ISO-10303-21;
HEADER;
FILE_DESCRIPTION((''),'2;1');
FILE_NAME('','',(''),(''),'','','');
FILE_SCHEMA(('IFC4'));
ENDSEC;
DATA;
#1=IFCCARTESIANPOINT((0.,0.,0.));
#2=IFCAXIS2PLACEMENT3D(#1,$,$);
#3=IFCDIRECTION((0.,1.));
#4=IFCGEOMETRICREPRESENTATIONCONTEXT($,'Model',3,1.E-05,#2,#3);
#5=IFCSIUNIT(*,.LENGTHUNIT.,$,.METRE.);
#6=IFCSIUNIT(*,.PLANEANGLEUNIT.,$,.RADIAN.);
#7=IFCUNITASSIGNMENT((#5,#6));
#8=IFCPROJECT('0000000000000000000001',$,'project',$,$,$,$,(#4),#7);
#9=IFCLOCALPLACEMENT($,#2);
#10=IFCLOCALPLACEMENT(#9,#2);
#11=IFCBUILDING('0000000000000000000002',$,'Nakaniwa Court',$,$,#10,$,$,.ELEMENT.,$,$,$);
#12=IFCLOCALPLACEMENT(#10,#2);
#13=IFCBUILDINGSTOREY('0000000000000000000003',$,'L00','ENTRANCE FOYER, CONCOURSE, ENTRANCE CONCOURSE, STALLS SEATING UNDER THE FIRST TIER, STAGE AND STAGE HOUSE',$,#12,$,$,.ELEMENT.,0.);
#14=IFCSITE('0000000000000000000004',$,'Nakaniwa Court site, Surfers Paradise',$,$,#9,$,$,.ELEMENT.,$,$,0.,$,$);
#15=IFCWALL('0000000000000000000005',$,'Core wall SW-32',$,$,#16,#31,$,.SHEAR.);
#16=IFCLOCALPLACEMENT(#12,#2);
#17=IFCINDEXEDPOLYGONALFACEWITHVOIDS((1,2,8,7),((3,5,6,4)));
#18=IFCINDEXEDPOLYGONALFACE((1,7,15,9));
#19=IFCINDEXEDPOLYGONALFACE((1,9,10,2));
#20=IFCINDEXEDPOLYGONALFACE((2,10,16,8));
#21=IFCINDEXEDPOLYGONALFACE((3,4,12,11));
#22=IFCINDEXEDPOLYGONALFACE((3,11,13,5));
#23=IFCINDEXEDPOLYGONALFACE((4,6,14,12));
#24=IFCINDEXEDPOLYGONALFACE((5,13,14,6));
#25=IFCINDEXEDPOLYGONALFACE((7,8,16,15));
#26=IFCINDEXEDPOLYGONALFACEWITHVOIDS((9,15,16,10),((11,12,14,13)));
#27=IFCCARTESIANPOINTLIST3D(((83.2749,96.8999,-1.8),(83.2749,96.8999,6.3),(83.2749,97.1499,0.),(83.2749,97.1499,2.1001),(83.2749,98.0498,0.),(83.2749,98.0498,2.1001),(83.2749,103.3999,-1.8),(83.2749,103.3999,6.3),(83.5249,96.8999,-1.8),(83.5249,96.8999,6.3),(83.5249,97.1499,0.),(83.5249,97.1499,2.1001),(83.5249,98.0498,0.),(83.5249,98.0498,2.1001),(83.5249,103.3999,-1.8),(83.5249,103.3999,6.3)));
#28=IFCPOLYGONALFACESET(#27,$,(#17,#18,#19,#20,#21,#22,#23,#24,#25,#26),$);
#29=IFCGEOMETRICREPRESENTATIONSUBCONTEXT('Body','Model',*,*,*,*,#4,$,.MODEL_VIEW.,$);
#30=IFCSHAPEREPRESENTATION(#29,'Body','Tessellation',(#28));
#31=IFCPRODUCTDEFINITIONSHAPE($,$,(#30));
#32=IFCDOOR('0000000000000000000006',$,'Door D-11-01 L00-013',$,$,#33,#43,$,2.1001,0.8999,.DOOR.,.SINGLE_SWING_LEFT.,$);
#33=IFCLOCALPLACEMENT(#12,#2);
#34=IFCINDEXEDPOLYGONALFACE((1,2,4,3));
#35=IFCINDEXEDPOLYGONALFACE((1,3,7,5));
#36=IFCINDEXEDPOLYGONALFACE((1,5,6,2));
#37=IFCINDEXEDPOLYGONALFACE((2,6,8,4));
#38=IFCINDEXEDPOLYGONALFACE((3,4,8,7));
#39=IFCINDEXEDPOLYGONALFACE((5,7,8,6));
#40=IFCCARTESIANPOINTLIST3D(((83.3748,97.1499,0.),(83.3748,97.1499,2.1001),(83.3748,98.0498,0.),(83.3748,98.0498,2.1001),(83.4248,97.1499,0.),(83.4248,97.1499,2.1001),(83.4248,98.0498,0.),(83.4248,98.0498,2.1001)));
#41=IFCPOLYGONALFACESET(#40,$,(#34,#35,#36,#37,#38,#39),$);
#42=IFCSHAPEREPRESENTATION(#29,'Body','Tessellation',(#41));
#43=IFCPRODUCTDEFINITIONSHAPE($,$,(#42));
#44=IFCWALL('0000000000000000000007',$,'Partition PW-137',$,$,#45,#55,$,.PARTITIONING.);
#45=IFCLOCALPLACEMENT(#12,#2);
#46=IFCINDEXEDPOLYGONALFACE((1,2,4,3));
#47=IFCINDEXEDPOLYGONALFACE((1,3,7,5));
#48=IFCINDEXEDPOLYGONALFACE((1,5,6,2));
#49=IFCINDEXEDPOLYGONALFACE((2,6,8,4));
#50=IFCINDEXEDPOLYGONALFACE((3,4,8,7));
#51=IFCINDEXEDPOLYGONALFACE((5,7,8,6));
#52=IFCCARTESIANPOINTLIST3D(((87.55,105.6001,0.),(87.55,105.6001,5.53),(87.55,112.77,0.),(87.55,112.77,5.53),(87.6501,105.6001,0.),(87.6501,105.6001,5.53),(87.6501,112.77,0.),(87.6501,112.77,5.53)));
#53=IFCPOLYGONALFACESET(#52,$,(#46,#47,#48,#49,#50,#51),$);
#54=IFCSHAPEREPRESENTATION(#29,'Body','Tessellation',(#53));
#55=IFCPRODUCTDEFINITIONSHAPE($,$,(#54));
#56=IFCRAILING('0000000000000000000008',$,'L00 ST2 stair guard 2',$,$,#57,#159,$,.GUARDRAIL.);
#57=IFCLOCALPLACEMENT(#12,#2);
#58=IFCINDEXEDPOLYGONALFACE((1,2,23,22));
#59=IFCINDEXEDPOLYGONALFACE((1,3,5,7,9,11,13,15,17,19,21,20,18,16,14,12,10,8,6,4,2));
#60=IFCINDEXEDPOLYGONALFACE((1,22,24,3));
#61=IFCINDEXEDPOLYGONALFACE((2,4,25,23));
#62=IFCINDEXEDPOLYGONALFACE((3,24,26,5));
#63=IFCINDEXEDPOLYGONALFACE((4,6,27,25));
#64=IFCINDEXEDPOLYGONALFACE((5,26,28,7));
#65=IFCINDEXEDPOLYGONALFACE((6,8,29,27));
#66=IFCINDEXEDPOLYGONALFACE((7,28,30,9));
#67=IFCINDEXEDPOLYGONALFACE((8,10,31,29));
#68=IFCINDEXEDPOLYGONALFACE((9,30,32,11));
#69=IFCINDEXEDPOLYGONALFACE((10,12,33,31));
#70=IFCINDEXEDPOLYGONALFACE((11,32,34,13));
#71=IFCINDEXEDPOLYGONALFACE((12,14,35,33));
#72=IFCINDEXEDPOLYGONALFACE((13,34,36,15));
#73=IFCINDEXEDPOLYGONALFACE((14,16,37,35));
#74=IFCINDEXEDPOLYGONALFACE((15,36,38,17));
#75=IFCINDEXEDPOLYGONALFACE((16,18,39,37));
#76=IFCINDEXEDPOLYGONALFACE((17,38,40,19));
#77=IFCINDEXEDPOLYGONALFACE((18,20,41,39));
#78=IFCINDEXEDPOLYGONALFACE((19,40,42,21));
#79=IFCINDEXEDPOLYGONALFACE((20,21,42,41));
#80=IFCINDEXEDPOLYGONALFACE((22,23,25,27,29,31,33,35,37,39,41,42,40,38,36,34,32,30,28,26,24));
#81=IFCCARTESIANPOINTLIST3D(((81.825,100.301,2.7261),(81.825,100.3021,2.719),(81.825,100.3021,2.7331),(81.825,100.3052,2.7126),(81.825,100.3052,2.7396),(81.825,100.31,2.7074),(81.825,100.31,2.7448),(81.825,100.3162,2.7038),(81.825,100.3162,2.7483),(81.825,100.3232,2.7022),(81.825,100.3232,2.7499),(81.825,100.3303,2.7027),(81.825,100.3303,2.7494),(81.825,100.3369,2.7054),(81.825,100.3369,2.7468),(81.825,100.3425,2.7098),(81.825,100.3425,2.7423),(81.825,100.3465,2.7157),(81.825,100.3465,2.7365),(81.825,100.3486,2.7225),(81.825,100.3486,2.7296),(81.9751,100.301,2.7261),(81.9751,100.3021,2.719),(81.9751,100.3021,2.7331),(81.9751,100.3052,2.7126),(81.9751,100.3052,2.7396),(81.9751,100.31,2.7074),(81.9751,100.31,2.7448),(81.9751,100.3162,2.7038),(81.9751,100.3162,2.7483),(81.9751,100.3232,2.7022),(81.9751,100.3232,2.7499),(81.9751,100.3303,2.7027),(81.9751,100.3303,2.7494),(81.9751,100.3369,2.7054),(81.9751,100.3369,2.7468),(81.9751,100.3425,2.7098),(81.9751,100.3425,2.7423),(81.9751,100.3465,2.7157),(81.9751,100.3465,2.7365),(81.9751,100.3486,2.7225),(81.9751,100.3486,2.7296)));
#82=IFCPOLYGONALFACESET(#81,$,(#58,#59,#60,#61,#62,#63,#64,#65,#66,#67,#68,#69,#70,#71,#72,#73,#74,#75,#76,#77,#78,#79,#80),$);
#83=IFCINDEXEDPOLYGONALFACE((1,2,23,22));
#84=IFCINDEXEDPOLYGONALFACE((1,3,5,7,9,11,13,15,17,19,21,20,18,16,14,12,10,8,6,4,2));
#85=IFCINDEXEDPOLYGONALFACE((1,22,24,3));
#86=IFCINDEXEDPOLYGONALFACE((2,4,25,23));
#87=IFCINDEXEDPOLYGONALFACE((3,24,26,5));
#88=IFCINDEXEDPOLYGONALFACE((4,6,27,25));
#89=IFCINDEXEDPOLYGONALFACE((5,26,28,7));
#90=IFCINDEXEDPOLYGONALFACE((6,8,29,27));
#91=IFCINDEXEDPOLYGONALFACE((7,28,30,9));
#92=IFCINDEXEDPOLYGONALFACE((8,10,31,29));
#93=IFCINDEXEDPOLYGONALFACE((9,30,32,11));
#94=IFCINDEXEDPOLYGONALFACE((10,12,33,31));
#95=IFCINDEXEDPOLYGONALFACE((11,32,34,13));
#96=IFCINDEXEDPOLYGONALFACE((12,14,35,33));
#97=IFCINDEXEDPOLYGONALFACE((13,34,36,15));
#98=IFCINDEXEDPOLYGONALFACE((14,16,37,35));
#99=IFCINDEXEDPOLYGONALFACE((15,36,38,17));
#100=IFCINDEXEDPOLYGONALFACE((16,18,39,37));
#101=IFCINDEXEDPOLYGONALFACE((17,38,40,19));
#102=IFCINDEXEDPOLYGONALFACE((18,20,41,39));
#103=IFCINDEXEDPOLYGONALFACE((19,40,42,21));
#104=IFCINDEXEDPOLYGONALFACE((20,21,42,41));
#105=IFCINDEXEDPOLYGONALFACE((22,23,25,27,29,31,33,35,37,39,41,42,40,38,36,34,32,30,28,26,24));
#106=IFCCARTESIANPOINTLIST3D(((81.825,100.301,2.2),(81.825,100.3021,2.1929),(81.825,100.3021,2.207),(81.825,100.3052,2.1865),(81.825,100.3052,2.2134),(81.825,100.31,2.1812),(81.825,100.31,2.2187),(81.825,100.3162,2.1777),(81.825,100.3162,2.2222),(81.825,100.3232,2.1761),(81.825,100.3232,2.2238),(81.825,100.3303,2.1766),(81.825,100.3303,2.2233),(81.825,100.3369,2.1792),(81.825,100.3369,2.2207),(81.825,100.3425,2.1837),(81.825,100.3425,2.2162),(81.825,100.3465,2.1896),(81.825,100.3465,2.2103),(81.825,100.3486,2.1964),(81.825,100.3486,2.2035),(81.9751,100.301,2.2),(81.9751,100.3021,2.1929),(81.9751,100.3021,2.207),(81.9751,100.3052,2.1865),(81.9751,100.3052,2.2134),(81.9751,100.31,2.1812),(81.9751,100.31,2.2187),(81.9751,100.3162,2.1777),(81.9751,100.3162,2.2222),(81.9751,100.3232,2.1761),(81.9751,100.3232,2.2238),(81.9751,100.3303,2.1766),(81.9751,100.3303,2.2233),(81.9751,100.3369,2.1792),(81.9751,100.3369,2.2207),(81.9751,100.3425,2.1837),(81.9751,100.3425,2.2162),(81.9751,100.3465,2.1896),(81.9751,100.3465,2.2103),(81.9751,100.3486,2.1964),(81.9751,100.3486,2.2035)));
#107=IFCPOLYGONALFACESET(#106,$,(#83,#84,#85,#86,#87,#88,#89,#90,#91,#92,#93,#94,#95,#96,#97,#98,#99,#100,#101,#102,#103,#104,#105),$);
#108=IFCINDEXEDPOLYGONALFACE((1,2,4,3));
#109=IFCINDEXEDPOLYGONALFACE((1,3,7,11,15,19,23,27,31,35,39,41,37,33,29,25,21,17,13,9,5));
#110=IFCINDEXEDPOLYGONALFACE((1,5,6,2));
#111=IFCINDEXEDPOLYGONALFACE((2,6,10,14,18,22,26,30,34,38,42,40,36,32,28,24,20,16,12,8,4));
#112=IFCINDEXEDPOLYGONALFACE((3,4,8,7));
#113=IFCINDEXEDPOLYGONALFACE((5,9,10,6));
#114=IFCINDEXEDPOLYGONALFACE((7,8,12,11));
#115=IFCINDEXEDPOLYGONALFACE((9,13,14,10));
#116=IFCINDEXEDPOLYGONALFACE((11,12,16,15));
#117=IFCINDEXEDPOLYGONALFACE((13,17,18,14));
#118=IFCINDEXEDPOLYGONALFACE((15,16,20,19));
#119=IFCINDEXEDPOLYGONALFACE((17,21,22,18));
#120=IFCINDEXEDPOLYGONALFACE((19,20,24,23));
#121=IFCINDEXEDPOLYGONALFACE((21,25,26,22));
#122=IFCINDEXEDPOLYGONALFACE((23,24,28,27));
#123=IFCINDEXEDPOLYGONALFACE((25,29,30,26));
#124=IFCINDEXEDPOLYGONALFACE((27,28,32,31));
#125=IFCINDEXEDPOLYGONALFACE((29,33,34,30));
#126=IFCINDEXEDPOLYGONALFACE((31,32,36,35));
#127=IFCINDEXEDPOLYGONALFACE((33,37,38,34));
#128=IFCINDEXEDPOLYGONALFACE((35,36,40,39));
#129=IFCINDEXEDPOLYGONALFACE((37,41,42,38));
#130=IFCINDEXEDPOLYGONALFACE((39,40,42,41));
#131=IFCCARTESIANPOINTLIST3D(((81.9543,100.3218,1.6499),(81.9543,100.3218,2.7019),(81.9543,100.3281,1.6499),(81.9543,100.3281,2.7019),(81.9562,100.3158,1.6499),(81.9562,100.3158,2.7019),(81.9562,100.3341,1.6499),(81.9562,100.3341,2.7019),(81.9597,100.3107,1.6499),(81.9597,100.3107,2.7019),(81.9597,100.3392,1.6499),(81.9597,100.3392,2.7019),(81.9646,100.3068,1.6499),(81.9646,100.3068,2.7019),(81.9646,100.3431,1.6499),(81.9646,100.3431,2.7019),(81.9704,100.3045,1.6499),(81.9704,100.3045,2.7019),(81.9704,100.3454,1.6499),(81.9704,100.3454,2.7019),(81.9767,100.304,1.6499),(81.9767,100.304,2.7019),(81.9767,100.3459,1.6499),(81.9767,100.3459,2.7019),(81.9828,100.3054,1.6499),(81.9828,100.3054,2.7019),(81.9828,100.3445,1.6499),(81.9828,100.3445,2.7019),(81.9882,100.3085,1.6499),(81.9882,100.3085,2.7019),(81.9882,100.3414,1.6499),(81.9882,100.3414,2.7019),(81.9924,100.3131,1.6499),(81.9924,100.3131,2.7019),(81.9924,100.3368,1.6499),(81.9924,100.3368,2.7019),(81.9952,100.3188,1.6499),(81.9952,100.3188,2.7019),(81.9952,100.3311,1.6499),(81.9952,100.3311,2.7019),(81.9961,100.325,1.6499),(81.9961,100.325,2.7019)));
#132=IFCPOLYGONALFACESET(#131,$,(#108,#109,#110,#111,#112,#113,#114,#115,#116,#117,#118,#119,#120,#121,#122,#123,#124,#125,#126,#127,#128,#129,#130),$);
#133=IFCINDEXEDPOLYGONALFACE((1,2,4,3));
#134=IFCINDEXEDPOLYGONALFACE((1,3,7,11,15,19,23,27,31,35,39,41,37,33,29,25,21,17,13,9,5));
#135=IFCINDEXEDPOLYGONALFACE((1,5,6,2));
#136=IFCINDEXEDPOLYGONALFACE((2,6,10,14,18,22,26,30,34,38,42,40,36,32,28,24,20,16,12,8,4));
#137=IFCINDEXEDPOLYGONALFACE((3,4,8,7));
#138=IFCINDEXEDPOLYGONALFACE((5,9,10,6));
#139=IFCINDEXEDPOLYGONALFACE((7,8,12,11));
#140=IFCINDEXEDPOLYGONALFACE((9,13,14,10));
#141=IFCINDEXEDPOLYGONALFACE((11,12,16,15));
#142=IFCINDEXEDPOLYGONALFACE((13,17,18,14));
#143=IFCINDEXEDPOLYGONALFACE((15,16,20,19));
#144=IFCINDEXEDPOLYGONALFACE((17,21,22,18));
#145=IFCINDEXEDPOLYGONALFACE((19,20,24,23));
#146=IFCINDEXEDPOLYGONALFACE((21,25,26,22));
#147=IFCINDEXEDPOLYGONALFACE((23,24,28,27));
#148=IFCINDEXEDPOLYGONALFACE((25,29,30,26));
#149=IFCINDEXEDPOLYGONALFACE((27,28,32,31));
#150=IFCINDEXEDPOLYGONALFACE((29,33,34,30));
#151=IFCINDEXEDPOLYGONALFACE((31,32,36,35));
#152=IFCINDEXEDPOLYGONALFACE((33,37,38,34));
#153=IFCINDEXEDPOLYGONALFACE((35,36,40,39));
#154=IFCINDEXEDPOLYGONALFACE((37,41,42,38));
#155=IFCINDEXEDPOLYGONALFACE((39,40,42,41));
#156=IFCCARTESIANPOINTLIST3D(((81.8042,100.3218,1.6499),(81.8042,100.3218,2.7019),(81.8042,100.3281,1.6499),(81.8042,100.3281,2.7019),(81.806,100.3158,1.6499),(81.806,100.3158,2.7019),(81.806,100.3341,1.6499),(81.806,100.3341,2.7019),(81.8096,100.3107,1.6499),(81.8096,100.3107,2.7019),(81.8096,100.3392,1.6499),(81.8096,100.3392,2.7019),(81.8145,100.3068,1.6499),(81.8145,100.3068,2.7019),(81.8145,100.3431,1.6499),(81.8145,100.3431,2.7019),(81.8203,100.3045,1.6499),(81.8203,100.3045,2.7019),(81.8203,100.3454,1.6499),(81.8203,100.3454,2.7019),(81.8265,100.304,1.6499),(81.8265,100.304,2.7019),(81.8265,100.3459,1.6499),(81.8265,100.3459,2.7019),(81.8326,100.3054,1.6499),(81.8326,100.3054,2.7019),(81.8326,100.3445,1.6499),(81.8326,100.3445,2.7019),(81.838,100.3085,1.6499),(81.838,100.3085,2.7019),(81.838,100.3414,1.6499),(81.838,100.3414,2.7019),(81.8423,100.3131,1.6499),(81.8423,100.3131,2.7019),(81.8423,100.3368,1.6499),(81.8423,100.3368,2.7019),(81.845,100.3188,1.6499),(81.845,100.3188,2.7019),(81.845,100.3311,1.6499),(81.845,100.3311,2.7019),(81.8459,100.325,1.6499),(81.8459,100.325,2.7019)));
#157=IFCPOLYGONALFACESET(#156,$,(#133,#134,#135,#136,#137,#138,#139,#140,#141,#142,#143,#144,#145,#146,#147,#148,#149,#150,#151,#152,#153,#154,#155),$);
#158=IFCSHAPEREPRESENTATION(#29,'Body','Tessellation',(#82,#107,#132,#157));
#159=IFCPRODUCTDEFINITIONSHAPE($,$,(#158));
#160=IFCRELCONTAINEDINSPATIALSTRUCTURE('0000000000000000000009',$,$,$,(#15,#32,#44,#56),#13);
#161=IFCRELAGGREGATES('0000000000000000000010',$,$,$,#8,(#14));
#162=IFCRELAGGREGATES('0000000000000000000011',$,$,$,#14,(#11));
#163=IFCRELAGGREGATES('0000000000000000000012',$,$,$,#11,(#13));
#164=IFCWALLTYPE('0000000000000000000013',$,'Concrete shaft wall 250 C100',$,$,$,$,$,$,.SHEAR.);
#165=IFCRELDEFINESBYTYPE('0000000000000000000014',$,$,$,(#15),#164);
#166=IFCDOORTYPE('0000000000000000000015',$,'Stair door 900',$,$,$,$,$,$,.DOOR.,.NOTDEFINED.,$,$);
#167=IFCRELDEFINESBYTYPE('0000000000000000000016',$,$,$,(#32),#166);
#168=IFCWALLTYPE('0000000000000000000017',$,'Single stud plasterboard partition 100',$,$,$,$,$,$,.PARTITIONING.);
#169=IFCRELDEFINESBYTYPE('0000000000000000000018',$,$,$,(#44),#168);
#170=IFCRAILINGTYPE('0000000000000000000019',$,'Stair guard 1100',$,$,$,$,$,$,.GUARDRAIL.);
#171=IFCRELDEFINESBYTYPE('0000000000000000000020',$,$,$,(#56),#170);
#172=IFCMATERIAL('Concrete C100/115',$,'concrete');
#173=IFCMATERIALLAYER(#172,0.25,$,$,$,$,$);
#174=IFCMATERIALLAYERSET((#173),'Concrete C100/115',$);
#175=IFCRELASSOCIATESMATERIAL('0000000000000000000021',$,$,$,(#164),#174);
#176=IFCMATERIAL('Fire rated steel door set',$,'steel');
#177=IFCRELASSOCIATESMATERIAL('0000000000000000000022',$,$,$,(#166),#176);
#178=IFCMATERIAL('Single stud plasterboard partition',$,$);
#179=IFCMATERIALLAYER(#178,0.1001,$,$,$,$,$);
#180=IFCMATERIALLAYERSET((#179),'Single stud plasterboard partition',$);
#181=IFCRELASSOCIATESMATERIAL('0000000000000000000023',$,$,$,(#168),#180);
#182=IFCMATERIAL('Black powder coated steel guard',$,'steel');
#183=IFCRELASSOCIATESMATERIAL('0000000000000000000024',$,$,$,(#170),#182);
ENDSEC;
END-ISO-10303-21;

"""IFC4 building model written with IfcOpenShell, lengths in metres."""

from ifc_helpers import new_model, si_unit, direction, frame, frame_2d, origin, origin_2d, place, context, subcontext, project, spatial, rectangle, circle, extrude, material, layer, layer_set, type_object, element, fill, save


model = new_model("IFC4")

# Units and contexts
model_context = context("Model", 3, precision=1e-05, world=origin(), true_north=direction((0.0, 1.0)))
body_context = subcontext(model_context, "Body", "Model", "MODEL_VIEW")
ifc_project = project(units=[si_unit("LENGTHUNIT", "METRE"), si_unit("PLANEANGLEUNIT", "RADIAN")], contexts=[model_context])

# Site, building, storey
site_placement = place(None, origin())
site = spatial("IfcSite", under=ifc_project, at=site_placement, Name="Nakaniwa Court site, Surfers Paradise", CompositionType="ELEMENT", RefElevation=0.0)
building_placement = place(site_placement, origin())
building = spatial("IfcBuilding", under=site, at=building_placement, Name="Nakaniwa Court", CompositionType="ELEMENT")
storey_placement = place(building_placement, origin())
storey = spatial("IfcBuildingStorey", under=building, at=storey_placement, Name="L00", Description="ENTRANCE FOYER, CONCOURSE, ENTRANCE CONCOURSE, STALLS SEATING UNDER THE FIRST TIER, STAGE AND STAGE HOUSE", CompositionType="ELEMENT", Elevation=0.0)

# Shared definitions
ifc_material_1 = material(Name="Concrete C100/115", Category="concrete")

# Wall, opening, door
ifc_layer_1 = layer(ifc_material_1, 0.25)
ifc_layer_set_1 = layer_set([ifc_layer_1], Name="Concrete C100/115")
wall_type_1 = type_object("IfcWallType", Name="Concrete shaft wall 250 C100", PredefinedType="SHEAR", material=ifc_layer_set_1)
wall_1_placement = place(storey_placement, frame((83.3999, 103.3999, -1.8), z_axis=(0.0, 0.0, 1.0), x_axis=(0.0, -1.0, 0.0)))
wall_1 = element("IfcWall", 1, at=wall_1_placement, inside=storey, type_object=wall_type_1, Name="Core wall SW-32", PredefinedType="SHEAR", context=body_context, shape_type="SweptSolid", body=[
    extrude(rectangle(XDim=6.5, YDim=0.25, at=frame_2d((3.25, 0.0))), origin(), (0.0, 0.0, 1.0), 8.1001),
])
opening_placement = place(wall_1_placement, frame((5.3501, 0.0, 1.8)))
opening = element("IfcOpeningElement", 2, at=opening_placement, cuts=wall_1, PredefinedType="OPENING", context=body_context, shape_type="SweptSolid", body=[
    extrude(rectangle(XDim=0.8999, YDim=2.1001, at=frame_2d((0.45, 1.05))), frame((0.0, 0.135, 0.0), z_axis=(0.0, -1.0, 0.0), x_axis=(1.0, 0.0, 0.0)), (0.0, 0.0, 1.0), 0.27),
])
ifc_material_2 = material(Name="Fire rated steel door set", Category="steel")
door_type = type_object("IfcDoorType", Name="Stair door 900", OperationType="NOTDEFINED", PredefinedType="DOOR", material=ifc_material_2)
door_placement = place(opening_placement, origin())
door = element("IfcDoor", 3, at=door_placement, inside=storey, type_object=door_type, Name="Door D-11-01 L00-013", OperationType="SINGLE_SWING_LEFT", OverallHeight=2.1001, OverallWidth=0.8999, PredefinedType="DOOR", context=body_context, shape_type="SweptSolid", body=[
    extrude(rectangle(XDim=0.8999, YDim=2.1001, at=frame_2d((0.45, 1.05))), frame((0.0, 0.0249, 0.0), z_axis=(0.0, -1.0, 0.0), x_axis=(1.0, 0.0, 0.0)), (0.0, 0.0, 1.0), 0.05),
])
fill(opening, door)

# Wall
ifc_material_3 = material(Name="Single stud plasterboard partition")
ifc_layer_2 = layer(ifc_material_3, 0.1001)
ifc_layer_set_2 = layer_set([ifc_layer_2], Name="Single stud plasterboard partition")
wall_type_2 = type_object("IfcWallType", Name="Single stud plasterboard partition 100", PredefinedType="PARTITIONING", material=ifc_layer_set_2)
wall_2_placement = place(storey_placement, frame((87.6001, 105.6001, 0.0), z_axis=(0.0, 0.0, 1.0), x_axis=(0.0, 1.0, 0.0)))
element("IfcWall", 4, at=wall_2_placement, inside=storey, type_object=wall_type_2, Name="Partition PW-137", PredefinedType="PARTITIONING", context=body_context, shape_type="SweptSolid", body=[
    extrude(rectangle(XDim=7.1699, YDim=0.1001, at=frame_2d((3.585, 0.0))), origin(), (0.0, 0.0, 1.0), 5.53),
])

# Railing
ifc_material_4 = material(Name="Black powder coated steel guard", Category="steel")
railing_type = type_object("IfcRailingType", Name="Stair guard 1100", PredefinedType="GUARDRAIL", material=ifc_material_4)
for number, where, name in (
    (5, (81.9751, 100.325, 1.6499), "L00 ST2 stair guard 2"),
):
    element("IfcRailing", number, at=place(storey_placement, frame(where)), inside=storey, type_object=railing_type, Name=name, PredefinedType="GUARDRAIL", context=body_context, shape_type="SweptSolid", body=[
        extrude(circle(Radius=0.0239, at=origin_2d()), frame((0.0, 0.0, 1.0762), z_axis=(-1.0, 0.0, 0.0), x_axis=(0.0, -1.0, 0.0)), (0.0, 0.0, 1.0), 0.1501),
        extrude(circle(Radius=0.0239, at=origin_2d()), frame((0.0, 0.0, 0.55), z_axis=(-1.0, 0.0, 0.0), x_axis=(0.0, -1.0, 0.0)), (0.0, 0.0, 1.0), 0.1501),
        extrude(circle(Radius=0.021, at=origin_2d()), origin(), (0.0, 0.0, 1.0), 1.052),
        extrude(circle(Radius=0.021, at=origin_2d()), frame((-0.1501, 0.0, 0.0)), (0.0, 0.0, 1.0), 1.052),
    ])

save(model, "model.ifc")
